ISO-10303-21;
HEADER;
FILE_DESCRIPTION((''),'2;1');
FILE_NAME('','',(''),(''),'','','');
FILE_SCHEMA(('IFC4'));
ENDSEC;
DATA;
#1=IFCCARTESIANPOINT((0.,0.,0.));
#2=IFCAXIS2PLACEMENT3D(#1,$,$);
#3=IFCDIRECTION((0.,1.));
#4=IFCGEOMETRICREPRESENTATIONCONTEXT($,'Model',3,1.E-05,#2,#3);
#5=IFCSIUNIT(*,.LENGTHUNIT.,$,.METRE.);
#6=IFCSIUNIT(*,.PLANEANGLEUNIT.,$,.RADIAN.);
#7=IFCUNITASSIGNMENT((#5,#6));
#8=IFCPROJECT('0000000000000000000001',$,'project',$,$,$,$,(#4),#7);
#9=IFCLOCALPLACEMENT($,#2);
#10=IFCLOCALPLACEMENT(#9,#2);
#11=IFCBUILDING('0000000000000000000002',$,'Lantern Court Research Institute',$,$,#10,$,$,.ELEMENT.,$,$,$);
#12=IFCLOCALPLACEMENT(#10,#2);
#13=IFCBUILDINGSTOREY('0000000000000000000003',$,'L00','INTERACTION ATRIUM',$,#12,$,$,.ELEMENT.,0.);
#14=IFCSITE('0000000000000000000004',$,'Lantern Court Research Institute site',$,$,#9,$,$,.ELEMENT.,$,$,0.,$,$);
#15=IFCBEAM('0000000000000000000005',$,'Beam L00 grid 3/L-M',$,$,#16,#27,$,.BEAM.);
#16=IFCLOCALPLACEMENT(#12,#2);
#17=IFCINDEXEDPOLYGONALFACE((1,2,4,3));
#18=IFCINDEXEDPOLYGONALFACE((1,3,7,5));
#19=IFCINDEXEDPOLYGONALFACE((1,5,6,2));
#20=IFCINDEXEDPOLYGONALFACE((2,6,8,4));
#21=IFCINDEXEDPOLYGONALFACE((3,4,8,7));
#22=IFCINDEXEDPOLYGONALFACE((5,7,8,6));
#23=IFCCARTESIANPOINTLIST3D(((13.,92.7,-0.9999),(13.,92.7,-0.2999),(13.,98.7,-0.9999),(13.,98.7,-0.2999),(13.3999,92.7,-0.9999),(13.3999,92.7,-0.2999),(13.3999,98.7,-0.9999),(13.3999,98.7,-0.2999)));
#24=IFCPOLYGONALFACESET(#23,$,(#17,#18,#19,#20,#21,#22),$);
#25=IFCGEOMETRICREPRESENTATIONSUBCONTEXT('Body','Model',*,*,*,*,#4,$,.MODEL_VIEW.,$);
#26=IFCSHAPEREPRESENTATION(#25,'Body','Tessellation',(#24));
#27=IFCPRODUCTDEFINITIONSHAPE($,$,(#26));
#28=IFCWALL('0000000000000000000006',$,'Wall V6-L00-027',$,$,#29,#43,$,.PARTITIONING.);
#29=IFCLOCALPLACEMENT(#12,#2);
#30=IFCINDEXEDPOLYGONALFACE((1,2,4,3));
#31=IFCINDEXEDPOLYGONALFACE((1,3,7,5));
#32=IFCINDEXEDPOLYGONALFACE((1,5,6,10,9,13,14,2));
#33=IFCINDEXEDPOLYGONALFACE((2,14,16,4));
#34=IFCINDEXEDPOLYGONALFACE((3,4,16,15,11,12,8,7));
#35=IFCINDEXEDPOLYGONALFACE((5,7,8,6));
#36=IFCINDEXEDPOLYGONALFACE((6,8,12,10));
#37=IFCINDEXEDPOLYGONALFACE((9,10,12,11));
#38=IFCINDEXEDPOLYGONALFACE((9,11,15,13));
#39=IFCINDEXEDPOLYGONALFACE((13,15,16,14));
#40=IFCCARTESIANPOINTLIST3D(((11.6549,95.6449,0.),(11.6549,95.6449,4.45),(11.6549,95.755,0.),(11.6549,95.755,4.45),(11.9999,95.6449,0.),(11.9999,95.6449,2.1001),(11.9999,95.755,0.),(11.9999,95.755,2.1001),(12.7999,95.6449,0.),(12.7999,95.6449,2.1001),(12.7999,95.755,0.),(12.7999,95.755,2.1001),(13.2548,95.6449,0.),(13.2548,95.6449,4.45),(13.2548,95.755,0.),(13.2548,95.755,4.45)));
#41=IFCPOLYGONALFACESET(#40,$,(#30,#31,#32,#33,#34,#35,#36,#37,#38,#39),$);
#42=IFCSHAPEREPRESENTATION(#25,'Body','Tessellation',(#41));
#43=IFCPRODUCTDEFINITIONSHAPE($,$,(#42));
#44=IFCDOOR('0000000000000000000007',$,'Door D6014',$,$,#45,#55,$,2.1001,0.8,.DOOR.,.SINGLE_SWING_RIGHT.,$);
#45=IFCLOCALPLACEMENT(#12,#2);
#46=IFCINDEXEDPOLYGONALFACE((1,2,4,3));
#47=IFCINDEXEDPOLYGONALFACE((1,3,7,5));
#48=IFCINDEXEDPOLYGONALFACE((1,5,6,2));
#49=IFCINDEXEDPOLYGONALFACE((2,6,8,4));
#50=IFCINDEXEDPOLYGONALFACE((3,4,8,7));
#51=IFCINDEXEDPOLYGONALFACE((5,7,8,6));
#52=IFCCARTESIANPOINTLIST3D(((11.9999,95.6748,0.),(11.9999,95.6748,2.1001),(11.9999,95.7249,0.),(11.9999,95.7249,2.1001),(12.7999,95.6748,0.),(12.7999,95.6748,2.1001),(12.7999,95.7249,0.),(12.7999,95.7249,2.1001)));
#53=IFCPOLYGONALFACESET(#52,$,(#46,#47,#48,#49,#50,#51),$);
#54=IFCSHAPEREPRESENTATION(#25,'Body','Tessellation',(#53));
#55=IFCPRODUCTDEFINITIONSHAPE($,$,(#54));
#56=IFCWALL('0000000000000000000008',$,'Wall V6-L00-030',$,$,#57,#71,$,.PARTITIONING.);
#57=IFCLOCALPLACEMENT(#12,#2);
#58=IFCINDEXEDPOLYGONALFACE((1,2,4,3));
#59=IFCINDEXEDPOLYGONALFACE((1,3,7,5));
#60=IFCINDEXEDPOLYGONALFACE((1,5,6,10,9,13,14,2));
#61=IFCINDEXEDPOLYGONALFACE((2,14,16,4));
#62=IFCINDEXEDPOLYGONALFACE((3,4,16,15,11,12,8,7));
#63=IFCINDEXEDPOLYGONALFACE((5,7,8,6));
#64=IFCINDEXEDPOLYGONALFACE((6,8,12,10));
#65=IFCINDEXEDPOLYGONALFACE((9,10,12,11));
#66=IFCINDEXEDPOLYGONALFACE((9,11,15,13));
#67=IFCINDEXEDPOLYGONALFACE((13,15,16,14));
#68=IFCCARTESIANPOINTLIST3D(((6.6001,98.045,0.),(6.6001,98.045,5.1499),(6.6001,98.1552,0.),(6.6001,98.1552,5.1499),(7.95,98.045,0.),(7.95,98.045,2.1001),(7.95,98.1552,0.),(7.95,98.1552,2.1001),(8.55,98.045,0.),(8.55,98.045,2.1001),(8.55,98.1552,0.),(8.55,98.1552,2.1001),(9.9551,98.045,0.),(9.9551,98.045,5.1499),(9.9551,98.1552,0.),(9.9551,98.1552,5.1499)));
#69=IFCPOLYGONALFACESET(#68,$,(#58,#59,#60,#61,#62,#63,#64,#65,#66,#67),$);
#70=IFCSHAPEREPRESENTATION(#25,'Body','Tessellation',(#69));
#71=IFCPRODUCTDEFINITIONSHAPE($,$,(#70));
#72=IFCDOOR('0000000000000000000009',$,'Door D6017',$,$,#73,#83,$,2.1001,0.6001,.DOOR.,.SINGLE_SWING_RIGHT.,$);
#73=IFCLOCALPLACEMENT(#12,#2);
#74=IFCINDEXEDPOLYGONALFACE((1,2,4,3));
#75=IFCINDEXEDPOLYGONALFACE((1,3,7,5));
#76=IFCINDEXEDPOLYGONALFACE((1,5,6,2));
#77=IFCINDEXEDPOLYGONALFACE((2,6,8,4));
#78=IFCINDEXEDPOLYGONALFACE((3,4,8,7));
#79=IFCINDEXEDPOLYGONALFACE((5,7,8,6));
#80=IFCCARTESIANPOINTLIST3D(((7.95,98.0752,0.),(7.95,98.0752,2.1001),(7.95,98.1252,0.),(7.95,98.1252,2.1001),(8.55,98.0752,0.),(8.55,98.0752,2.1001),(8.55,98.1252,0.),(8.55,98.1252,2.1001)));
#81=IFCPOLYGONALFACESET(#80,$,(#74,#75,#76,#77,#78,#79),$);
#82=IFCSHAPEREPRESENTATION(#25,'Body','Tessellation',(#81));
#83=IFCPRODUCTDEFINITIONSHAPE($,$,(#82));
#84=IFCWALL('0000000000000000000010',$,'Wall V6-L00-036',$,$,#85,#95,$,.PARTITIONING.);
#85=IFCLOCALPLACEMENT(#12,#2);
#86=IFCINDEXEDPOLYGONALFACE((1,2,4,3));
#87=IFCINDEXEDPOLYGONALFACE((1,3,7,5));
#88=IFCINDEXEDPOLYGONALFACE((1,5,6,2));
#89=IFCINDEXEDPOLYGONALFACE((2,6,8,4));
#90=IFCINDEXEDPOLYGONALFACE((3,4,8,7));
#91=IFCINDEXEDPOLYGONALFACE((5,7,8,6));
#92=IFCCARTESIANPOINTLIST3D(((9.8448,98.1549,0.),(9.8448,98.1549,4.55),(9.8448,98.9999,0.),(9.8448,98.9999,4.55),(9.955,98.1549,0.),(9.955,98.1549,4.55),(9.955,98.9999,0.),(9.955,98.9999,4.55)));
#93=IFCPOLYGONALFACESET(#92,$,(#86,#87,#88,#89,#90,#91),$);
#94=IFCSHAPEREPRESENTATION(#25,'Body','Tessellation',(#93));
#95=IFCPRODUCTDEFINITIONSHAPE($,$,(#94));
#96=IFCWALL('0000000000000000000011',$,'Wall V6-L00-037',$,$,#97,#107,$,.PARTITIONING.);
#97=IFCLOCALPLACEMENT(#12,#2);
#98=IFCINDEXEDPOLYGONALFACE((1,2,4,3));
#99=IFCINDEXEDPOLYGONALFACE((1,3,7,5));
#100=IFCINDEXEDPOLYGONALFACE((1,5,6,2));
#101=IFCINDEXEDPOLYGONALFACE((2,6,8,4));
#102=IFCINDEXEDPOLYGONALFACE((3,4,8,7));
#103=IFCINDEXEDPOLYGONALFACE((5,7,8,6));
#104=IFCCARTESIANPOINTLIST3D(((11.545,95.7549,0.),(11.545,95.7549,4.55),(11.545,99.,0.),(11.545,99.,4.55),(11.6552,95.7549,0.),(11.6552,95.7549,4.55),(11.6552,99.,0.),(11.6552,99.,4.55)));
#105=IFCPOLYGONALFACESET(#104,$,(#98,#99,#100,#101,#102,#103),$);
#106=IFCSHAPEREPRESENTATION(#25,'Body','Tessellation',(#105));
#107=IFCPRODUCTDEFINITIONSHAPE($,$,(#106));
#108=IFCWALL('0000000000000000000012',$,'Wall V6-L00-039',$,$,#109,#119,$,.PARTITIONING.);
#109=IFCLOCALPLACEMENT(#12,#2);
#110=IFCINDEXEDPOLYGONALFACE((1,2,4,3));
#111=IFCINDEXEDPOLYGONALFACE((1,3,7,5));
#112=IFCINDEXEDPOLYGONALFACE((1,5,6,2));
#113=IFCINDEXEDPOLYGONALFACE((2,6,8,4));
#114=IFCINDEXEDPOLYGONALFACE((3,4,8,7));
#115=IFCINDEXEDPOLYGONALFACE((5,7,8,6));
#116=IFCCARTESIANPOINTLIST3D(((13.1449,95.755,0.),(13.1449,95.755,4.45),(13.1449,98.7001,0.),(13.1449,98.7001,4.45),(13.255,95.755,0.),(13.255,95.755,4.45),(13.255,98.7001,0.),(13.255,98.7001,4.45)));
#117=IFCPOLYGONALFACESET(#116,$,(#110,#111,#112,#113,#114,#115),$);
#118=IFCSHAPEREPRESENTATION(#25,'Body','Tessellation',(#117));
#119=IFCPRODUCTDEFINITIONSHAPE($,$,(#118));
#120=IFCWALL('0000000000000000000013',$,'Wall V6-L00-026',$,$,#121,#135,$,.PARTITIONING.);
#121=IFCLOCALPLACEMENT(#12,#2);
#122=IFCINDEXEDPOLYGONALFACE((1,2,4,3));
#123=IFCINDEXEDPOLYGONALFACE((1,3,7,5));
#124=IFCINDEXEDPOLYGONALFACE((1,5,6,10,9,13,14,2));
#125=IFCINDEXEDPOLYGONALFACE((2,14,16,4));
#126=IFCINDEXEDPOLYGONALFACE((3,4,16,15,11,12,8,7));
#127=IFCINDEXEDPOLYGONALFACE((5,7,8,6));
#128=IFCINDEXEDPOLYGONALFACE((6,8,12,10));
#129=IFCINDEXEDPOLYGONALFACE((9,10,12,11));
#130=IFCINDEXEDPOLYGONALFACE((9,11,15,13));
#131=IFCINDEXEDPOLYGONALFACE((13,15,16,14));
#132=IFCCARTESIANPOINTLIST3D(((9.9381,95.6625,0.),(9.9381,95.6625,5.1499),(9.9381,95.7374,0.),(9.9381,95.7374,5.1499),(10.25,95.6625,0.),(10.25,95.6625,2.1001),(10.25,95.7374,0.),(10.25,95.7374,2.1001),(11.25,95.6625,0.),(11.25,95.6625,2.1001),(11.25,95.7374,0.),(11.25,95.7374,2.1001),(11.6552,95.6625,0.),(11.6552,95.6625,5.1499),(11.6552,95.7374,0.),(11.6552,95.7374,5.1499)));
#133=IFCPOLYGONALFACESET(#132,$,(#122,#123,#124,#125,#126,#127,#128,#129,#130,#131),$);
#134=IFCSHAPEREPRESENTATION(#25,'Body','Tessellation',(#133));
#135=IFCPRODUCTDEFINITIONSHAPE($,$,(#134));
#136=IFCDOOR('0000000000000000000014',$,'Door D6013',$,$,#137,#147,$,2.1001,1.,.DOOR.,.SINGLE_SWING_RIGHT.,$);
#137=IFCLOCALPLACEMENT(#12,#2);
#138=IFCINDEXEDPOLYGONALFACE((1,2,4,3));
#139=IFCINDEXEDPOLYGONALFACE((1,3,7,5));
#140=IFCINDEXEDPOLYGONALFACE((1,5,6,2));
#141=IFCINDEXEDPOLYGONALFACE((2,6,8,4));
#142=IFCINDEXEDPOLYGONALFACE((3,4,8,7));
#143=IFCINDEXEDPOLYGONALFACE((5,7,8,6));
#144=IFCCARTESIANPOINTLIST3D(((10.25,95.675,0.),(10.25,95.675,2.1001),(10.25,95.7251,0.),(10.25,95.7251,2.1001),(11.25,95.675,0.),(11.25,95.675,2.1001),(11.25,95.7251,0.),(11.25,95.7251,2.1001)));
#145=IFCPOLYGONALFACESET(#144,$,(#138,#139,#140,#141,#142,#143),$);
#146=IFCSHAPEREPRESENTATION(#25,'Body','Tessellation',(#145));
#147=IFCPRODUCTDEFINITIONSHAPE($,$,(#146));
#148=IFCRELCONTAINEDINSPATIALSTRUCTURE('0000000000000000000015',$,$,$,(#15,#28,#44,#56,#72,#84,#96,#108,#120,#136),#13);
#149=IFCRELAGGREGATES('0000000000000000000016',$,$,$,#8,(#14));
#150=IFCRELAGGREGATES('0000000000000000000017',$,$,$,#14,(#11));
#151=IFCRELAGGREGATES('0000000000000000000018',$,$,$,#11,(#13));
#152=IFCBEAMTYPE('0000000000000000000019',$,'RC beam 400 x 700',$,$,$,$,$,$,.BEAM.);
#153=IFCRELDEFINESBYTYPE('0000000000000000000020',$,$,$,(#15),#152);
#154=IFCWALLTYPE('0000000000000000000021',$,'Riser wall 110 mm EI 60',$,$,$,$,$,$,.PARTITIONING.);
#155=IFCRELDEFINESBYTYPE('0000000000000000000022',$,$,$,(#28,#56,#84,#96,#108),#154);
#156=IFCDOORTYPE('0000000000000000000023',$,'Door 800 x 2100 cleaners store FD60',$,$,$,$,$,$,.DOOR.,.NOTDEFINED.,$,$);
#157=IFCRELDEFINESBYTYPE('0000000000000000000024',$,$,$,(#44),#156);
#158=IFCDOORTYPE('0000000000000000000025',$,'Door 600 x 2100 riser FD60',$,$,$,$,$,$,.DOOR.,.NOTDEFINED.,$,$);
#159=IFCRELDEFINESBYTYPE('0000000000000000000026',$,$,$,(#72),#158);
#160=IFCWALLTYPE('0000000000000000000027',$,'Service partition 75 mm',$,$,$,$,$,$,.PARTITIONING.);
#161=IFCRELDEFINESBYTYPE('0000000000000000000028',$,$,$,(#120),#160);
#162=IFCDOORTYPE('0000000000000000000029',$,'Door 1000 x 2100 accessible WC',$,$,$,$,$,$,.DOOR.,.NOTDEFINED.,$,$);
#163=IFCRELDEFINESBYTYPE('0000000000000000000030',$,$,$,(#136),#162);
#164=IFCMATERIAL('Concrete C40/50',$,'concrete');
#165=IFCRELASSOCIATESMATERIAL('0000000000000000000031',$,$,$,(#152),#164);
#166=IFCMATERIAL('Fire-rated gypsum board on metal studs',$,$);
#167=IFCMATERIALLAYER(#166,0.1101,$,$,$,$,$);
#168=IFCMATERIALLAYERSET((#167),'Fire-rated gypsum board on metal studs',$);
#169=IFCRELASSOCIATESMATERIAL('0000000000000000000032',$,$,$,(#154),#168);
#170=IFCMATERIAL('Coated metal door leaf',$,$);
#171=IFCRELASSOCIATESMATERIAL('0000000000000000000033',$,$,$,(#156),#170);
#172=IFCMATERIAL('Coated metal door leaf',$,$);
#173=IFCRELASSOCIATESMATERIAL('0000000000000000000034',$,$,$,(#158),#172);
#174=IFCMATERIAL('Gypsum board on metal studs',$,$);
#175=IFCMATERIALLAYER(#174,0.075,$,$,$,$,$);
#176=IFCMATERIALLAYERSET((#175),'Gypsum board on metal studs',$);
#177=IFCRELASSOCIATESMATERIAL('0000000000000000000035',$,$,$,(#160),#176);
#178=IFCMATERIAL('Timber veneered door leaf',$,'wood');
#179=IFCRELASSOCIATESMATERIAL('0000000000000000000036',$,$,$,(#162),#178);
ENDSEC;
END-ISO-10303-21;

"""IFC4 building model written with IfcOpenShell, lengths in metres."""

from ifc_helpers import new_model, si_unit, direction, frame, frame_2d, origin, origin_2d, place, context, subcontext, project, spatial, rectangle, extrude, material, layer, layer_set, material_profile, profile_set, type_object, element, fill, save


model = new_model("IFC4")

# Units and contexts
model_context = context("Model", 3, precision=1e-05, world=origin(), true_north=direction((0.0, 1.0)))
body_context = subcontext(model_context, "Body", "Model", "MODEL_VIEW")
ifc_project = project(units=[si_unit("LENGTHUNIT", "METRE"), si_unit("PLANEANGLEUNIT", "RADIAN")], contexts=[model_context])

# Site, building, storey
site_placement = place(None, origin())
site = spatial("IfcSite", under=ifc_project, at=site_placement, Name="Lantern Court Research Institute site", CompositionType="ELEMENT", RefElevation=0.0)
building_placement = place(site_placement, origin())
building = spatial("IfcBuilding", under=site, at=building_placement, Name="Lantern Court Research Institute", CompositionType="ELEMENT")
storey_placement = place(building_placement, origin())
storey = spatial("IfcBuildingStorey", under=building, at=storey_placement, Name="L00", Description="INTERACTION ATRIUM", CompositionType="ELEMENT", Elevation=0.0)

# Beam
ifc_material_1 = material(Name="Concrete C40/50", Category="concrete")
ifc_material_profile = material_profile(ifc_material_1, rectangle(XDim=0.3999, YDim=0.7, at=origin_2d()), Name="RC beam 400 x 700")
ifc_profile_set = profile_set([ifc_material_profile], Name="Concrete C40/50")
beam_type = type_object("IfcBeamType", Name="RC beam 400 x 700", PredefinedType="BEAM", material=ifc_profile_set)
beam_placement = place(storey_placement, frame((13.2, 92.7, -0.6499), z_axis=(0.0, 1.0, 0.0), x_axis=(-1.0, 0.0, 0.0)))
element("IfcBeam", 1, at=beam_placement, inside=storey, type_object=beam_type, Name="Beam L00 grid 3/L-M", PredefinedType="BEAM", context=body_context, shape_type="SweptSolid", body=[
    extrude(rectangle(XDim=0.3999, YDim=0.7, at=origin_2d()), origin(), (0.0, 0.0, 1.0), 6.0),
])

# Walls, openings, doors
ifc_material_2 = material(Name="Fire-rated gypsum board on metal studs")
ifc_layer_1 = layer(ifc_material_2, 0.1101)
ifc_layer_set_1 = layer_set([ifc_layer_1], Name="Fire-rated gypsum board on metal studs")
wall_type_1 = type_object("IfcWallType", Name="Riser wall 110 mm EI 60", PredefinedType="PARTITIONING", material=ifc_layer_set_1)
wall_1_placement = place(storey_placement, frame((11.655, 95.7, 0.0), z_axis=(0.0, 0.0, 1.0), x_axis=(1.0, 0.0, 0.0)))
wall_1 = element("IfcWall", 2, at=wall_1_placement, inside=storey, type_object=wall_type_1, Name="Wall V6-L00-027", PredefinedType="PARTITIONING", context=body_context, shape_type="SweptSolid", body=[
    extrude(rectangle(XDim=1.5999, YDim=0.1101, at=frame_2d((0.7998, 0.0))), origin(), (0.0, 0.0, 1.0), 4.45),
])
opening_1_placement = place(wall_1_placement, frame((0.345, 0.0, 0.0)))
opening_1 = element("IfcOpeningElement", 3, at=opening_1_placement, cuts=wall_1, PredefinedType="OPENING", context=body_context, shape_type="SweptSolid", body=[
    extrude(rectangle(XDim=0.8, YDim=2.1001, at=frame_2d((0.3999, 1.05))), frame((0.0, 0.0649, 0.0), z_axis=(0.0, -1.0, 0.0), x_axis=(1.0, 0.0, 0.0)), (0.0, 0.0, 1.0), 0.1301),
])
ifc_material_3 = material(Name="Coated metal door leaf")
door_type_1 = type_object("IfcDoorType", Name="Door 800 x 2100 cleaners store FD60", OperationType="NOTDEFINED", PredefinedType="DOOR", material=ifc_material_3)
door_1_placement = place(opening_1_placement, origin())
door_1 = element("IfcDoor", 4, at=door_1_placement, inside=storey, type_object=door_type_1, Name="Door D6014", OperationType="SINGLE_SWING_RIGHT", OverallHeight=2.1001, OverallWidth=0.8, PredefinedType="DOOR", context=body_context, shape_type="SweptSolid", body=[
    extrude(rectangle(XDim=0.8, YDim=2.1001, at=frame_2d((0.3999, 1.05))), frame((0.0, 0.0249, 0.0), z_axis=(0.0, -1.0, 0.0), x_axis=(1.0, 0.0, 0.0)), (0.0, 0.0, 1.0), 0.05),
])
fill(opening_1, door_1)
wall_2_placement = place(storey_placement, frame((9.9551, 98.1001, 0.0), z_axis=(0.0, 0.0, 1.0), x_axis=(-1.0, 0.0, 0.0)))
wall_2 = element("IfcWall", 5, at=wall_2_placement, inside=storey, type_object=wall_type_1, Name="Wall V6-L00-030", PredefinedType="PARTITIONING", context=body_context, shape_type="SweptSolid", body=[
    extrude(rectangle(XDim=3.355, YDim=0.1101, at=frame_2d((1.6775, 0.0))), origin(), (0.0, 0.0, 1.0), 5.1499),
])
opening_2_placement = place(wall_2_placement, frame((1.405, 0.0, 0.0)))
opening_2 = element("IfcOpeningElement", 6, at=opening_2_placement, cuts=wall_2, PredefinedType="OPENING", context=body_context, shape_type="SweptSolid", body=[
    extrude(rectangle(XDim=0.6001, YDim=2.1001, at=frame_2d((0.3, 1.05))), frame((0.0, 0.0649, 0.0), z_axis=(0.0, -1.0, 0.0), x_axis=(1.0, 0.0, 0.0)), (0.0, 0.0, 1.0), 0.1301),
])
ifc_material_4 = material(Name="Coated metal door leaf")
door_type_2 = type_object("IfcDoorType", Name="Door 600 x 2100 riser FD60", OperationType="NOTDEFINED", PredefinedType="DOOR", material=ifc_material_4)
door_2_placement = place(opening_2_placement, origin())
door_2 = element("IfcDoor", 7, at=door_2_placement, inside=storey, type_object=door_type_2, Name="Door D6017", OperationType="SINGLE_SWING_RIGHT", OverallHeight=2.1001, OverallWidth=0.6001, PredefinedType="DOOR", context=body_context, shape_type="SweptSolid", body=[
    extrude(rectangle(XDim=0.6001, YDim=2.1001, at=frame_2d((0.3, 1.05))), frame((0.0, 0.0249, 0.0), z_axis=(0.0, -1.0, 0.0), x_axis=(1.0, 0.0, 0.0)), (0.0, 0.0, 1.0), 0.05),
])
fill(opening_2, door_2)

# Walls
wall_3_placement = place(storey_placement, frame((9.8999, 98.155, 0.0), z_axis=(0.0, 0.0, 1.0), x_axis=(0.0, 1.0, 0.0)))
element("IfcWall", 8, at=wall_3_placement, inside=storey, type_object=wall_type_1, Name="Wall V6-L00-036", PredefinedType="PARTITIONING", context=body_context, shape_type="SweptSolid", body=[
    extrude(rectangle(XDim=0.845, YDim=0.1101, at=frame_2d((0.4224, 0.0))), origin(), (0.0, 0.0, 1.0), 4.55),
])
wall_4_placement = place(storey_placement, frame((11.6001, 95.7549, 0.0), z_axis=(0.0, 0.0, 1.0), x_axis=(0.0, 1.0, 0.0)))
element("IfcWall", 9, at=wall_4_placement, inside=storey, type_object=wall_type_1, Name="Wall V6-L00-037", PredefinedType="PARTITIONING", context=body_context, shape_type="SweptSolid", body=[
    extrude(rectangle(XDim=3.2451, YDim=0.1101, at=frame_2d((1.6226, 0.0))), origin(), (0.0, 0.0, 1.0), 4.55),
])
wall_5_placement = place(storey_placement, frame((13.2, 95.7549, 0.0), z_axis=(0.0, 0.0, 1.0), x_axis=(0.0, 1.0, 0.0)))
element("IfcWall", 10, at=wall_5_placement, inside=storey, type_object=wall_type_1, Name="Wall V6-L00-039", PredefinedType="PARTITIONING", context=body_context, shape_type="SweptSolid", body=[
    extrude(rectangle(XDim=2.9451, YDim=0.1101, at=frame_2d((1.4727, 0.0))), origin(), (0.0, 0.0, 1.0), 4.45),
])

# Wall, opening, door
ifc_material_5 = material(Name="Gypsum board on metal studs")
ifc_layer_2 = layer(ifc_material_5, 0.075)
ifc_layer_set_2 = layer_set([ifc_layer_2], Name="Gypsum board on metal studs")
wall_type_2 = type_object("IfcWallType", Name="Service partition 75 mm", PredefinedType="PARTITIONING", material=ifc_layer_set_2)
wall_6_placement = place(storey_placement, frame((11.655, 95.7, 0.0), z_axis=(0.0, 0.0, 1.0), x_axis=(-1.0, 0.0, 0.0)))
wall_6 = element("IfcWall", 11, at=wall_6_placement, inside=storey, type_object=wall_type_2, Name="Wall V6-L00-026", PredefinedType="PARTITIONING", context=body_context, shape_type="SweptSolid", body=[
    extrude(rectangle(XDim=1.717, YDim=0.075, at=frame_2d((0.8584, 0.0))), origin(), (0.0, 0.0, 1.0), 5.1499),
])
opening_3_placement = place(wall_6_placement, frame((0.405, 0.0, 0.0)))
opening_3 = element("IfcOpeningElement", 12, at=opening_3_placement, cuts=wall_6, PredefinedType="OPENING", context=body_context, shape_type="SweptSolid", body=[
    extrude(rectangle(XDim=1.0, YDim=2.1001, at=frame_2d((0.5, 1.05))), frame((0.0, 0.0474, 0.0), z_axis=(0.0, -1.0, 0.0), x_axis=(1.0, 0.0, 0.0)), (0.0, 0.0, 1.0), 0.095),
])
ifc_material_6 = material(Name="Timber veneered door leaf", Category="wood")
door_type_3 = type_object("IfcDoorType", Name="Door 1000 x 2100 accessible WC", OperationType="NOTDEFINED", PredefinedType="DOOR", material=ifc_material_6)
door_3_placement = place(opening_3_placement, origin())
door_3 = element("IfcDoor", 13, at=door_3_placement, inside=storey, type_object=door_type_3, Name="Door D6013", OperationType="SINGLE_SWING_RIGHT", OverallHeight=2.1001, OverallWidth=1.0, PredefinedType="DOOR", context=body_context, shape_type="SweptSolid", body=[
    extrude(rectangle(XDim=1.0, YDim=2.1001, at=frame_2d((0.5, 1.05))), frame((0.0, 0.0249, 0.0), z_axis=(0.0, -1.0, 0.0), x_axis=(1.0, 0.0, 0.0)), (0.0, 0.0, 1.0), 0.05),
])
fill(opening_3, door_3)

save(model, "model.ifc")
